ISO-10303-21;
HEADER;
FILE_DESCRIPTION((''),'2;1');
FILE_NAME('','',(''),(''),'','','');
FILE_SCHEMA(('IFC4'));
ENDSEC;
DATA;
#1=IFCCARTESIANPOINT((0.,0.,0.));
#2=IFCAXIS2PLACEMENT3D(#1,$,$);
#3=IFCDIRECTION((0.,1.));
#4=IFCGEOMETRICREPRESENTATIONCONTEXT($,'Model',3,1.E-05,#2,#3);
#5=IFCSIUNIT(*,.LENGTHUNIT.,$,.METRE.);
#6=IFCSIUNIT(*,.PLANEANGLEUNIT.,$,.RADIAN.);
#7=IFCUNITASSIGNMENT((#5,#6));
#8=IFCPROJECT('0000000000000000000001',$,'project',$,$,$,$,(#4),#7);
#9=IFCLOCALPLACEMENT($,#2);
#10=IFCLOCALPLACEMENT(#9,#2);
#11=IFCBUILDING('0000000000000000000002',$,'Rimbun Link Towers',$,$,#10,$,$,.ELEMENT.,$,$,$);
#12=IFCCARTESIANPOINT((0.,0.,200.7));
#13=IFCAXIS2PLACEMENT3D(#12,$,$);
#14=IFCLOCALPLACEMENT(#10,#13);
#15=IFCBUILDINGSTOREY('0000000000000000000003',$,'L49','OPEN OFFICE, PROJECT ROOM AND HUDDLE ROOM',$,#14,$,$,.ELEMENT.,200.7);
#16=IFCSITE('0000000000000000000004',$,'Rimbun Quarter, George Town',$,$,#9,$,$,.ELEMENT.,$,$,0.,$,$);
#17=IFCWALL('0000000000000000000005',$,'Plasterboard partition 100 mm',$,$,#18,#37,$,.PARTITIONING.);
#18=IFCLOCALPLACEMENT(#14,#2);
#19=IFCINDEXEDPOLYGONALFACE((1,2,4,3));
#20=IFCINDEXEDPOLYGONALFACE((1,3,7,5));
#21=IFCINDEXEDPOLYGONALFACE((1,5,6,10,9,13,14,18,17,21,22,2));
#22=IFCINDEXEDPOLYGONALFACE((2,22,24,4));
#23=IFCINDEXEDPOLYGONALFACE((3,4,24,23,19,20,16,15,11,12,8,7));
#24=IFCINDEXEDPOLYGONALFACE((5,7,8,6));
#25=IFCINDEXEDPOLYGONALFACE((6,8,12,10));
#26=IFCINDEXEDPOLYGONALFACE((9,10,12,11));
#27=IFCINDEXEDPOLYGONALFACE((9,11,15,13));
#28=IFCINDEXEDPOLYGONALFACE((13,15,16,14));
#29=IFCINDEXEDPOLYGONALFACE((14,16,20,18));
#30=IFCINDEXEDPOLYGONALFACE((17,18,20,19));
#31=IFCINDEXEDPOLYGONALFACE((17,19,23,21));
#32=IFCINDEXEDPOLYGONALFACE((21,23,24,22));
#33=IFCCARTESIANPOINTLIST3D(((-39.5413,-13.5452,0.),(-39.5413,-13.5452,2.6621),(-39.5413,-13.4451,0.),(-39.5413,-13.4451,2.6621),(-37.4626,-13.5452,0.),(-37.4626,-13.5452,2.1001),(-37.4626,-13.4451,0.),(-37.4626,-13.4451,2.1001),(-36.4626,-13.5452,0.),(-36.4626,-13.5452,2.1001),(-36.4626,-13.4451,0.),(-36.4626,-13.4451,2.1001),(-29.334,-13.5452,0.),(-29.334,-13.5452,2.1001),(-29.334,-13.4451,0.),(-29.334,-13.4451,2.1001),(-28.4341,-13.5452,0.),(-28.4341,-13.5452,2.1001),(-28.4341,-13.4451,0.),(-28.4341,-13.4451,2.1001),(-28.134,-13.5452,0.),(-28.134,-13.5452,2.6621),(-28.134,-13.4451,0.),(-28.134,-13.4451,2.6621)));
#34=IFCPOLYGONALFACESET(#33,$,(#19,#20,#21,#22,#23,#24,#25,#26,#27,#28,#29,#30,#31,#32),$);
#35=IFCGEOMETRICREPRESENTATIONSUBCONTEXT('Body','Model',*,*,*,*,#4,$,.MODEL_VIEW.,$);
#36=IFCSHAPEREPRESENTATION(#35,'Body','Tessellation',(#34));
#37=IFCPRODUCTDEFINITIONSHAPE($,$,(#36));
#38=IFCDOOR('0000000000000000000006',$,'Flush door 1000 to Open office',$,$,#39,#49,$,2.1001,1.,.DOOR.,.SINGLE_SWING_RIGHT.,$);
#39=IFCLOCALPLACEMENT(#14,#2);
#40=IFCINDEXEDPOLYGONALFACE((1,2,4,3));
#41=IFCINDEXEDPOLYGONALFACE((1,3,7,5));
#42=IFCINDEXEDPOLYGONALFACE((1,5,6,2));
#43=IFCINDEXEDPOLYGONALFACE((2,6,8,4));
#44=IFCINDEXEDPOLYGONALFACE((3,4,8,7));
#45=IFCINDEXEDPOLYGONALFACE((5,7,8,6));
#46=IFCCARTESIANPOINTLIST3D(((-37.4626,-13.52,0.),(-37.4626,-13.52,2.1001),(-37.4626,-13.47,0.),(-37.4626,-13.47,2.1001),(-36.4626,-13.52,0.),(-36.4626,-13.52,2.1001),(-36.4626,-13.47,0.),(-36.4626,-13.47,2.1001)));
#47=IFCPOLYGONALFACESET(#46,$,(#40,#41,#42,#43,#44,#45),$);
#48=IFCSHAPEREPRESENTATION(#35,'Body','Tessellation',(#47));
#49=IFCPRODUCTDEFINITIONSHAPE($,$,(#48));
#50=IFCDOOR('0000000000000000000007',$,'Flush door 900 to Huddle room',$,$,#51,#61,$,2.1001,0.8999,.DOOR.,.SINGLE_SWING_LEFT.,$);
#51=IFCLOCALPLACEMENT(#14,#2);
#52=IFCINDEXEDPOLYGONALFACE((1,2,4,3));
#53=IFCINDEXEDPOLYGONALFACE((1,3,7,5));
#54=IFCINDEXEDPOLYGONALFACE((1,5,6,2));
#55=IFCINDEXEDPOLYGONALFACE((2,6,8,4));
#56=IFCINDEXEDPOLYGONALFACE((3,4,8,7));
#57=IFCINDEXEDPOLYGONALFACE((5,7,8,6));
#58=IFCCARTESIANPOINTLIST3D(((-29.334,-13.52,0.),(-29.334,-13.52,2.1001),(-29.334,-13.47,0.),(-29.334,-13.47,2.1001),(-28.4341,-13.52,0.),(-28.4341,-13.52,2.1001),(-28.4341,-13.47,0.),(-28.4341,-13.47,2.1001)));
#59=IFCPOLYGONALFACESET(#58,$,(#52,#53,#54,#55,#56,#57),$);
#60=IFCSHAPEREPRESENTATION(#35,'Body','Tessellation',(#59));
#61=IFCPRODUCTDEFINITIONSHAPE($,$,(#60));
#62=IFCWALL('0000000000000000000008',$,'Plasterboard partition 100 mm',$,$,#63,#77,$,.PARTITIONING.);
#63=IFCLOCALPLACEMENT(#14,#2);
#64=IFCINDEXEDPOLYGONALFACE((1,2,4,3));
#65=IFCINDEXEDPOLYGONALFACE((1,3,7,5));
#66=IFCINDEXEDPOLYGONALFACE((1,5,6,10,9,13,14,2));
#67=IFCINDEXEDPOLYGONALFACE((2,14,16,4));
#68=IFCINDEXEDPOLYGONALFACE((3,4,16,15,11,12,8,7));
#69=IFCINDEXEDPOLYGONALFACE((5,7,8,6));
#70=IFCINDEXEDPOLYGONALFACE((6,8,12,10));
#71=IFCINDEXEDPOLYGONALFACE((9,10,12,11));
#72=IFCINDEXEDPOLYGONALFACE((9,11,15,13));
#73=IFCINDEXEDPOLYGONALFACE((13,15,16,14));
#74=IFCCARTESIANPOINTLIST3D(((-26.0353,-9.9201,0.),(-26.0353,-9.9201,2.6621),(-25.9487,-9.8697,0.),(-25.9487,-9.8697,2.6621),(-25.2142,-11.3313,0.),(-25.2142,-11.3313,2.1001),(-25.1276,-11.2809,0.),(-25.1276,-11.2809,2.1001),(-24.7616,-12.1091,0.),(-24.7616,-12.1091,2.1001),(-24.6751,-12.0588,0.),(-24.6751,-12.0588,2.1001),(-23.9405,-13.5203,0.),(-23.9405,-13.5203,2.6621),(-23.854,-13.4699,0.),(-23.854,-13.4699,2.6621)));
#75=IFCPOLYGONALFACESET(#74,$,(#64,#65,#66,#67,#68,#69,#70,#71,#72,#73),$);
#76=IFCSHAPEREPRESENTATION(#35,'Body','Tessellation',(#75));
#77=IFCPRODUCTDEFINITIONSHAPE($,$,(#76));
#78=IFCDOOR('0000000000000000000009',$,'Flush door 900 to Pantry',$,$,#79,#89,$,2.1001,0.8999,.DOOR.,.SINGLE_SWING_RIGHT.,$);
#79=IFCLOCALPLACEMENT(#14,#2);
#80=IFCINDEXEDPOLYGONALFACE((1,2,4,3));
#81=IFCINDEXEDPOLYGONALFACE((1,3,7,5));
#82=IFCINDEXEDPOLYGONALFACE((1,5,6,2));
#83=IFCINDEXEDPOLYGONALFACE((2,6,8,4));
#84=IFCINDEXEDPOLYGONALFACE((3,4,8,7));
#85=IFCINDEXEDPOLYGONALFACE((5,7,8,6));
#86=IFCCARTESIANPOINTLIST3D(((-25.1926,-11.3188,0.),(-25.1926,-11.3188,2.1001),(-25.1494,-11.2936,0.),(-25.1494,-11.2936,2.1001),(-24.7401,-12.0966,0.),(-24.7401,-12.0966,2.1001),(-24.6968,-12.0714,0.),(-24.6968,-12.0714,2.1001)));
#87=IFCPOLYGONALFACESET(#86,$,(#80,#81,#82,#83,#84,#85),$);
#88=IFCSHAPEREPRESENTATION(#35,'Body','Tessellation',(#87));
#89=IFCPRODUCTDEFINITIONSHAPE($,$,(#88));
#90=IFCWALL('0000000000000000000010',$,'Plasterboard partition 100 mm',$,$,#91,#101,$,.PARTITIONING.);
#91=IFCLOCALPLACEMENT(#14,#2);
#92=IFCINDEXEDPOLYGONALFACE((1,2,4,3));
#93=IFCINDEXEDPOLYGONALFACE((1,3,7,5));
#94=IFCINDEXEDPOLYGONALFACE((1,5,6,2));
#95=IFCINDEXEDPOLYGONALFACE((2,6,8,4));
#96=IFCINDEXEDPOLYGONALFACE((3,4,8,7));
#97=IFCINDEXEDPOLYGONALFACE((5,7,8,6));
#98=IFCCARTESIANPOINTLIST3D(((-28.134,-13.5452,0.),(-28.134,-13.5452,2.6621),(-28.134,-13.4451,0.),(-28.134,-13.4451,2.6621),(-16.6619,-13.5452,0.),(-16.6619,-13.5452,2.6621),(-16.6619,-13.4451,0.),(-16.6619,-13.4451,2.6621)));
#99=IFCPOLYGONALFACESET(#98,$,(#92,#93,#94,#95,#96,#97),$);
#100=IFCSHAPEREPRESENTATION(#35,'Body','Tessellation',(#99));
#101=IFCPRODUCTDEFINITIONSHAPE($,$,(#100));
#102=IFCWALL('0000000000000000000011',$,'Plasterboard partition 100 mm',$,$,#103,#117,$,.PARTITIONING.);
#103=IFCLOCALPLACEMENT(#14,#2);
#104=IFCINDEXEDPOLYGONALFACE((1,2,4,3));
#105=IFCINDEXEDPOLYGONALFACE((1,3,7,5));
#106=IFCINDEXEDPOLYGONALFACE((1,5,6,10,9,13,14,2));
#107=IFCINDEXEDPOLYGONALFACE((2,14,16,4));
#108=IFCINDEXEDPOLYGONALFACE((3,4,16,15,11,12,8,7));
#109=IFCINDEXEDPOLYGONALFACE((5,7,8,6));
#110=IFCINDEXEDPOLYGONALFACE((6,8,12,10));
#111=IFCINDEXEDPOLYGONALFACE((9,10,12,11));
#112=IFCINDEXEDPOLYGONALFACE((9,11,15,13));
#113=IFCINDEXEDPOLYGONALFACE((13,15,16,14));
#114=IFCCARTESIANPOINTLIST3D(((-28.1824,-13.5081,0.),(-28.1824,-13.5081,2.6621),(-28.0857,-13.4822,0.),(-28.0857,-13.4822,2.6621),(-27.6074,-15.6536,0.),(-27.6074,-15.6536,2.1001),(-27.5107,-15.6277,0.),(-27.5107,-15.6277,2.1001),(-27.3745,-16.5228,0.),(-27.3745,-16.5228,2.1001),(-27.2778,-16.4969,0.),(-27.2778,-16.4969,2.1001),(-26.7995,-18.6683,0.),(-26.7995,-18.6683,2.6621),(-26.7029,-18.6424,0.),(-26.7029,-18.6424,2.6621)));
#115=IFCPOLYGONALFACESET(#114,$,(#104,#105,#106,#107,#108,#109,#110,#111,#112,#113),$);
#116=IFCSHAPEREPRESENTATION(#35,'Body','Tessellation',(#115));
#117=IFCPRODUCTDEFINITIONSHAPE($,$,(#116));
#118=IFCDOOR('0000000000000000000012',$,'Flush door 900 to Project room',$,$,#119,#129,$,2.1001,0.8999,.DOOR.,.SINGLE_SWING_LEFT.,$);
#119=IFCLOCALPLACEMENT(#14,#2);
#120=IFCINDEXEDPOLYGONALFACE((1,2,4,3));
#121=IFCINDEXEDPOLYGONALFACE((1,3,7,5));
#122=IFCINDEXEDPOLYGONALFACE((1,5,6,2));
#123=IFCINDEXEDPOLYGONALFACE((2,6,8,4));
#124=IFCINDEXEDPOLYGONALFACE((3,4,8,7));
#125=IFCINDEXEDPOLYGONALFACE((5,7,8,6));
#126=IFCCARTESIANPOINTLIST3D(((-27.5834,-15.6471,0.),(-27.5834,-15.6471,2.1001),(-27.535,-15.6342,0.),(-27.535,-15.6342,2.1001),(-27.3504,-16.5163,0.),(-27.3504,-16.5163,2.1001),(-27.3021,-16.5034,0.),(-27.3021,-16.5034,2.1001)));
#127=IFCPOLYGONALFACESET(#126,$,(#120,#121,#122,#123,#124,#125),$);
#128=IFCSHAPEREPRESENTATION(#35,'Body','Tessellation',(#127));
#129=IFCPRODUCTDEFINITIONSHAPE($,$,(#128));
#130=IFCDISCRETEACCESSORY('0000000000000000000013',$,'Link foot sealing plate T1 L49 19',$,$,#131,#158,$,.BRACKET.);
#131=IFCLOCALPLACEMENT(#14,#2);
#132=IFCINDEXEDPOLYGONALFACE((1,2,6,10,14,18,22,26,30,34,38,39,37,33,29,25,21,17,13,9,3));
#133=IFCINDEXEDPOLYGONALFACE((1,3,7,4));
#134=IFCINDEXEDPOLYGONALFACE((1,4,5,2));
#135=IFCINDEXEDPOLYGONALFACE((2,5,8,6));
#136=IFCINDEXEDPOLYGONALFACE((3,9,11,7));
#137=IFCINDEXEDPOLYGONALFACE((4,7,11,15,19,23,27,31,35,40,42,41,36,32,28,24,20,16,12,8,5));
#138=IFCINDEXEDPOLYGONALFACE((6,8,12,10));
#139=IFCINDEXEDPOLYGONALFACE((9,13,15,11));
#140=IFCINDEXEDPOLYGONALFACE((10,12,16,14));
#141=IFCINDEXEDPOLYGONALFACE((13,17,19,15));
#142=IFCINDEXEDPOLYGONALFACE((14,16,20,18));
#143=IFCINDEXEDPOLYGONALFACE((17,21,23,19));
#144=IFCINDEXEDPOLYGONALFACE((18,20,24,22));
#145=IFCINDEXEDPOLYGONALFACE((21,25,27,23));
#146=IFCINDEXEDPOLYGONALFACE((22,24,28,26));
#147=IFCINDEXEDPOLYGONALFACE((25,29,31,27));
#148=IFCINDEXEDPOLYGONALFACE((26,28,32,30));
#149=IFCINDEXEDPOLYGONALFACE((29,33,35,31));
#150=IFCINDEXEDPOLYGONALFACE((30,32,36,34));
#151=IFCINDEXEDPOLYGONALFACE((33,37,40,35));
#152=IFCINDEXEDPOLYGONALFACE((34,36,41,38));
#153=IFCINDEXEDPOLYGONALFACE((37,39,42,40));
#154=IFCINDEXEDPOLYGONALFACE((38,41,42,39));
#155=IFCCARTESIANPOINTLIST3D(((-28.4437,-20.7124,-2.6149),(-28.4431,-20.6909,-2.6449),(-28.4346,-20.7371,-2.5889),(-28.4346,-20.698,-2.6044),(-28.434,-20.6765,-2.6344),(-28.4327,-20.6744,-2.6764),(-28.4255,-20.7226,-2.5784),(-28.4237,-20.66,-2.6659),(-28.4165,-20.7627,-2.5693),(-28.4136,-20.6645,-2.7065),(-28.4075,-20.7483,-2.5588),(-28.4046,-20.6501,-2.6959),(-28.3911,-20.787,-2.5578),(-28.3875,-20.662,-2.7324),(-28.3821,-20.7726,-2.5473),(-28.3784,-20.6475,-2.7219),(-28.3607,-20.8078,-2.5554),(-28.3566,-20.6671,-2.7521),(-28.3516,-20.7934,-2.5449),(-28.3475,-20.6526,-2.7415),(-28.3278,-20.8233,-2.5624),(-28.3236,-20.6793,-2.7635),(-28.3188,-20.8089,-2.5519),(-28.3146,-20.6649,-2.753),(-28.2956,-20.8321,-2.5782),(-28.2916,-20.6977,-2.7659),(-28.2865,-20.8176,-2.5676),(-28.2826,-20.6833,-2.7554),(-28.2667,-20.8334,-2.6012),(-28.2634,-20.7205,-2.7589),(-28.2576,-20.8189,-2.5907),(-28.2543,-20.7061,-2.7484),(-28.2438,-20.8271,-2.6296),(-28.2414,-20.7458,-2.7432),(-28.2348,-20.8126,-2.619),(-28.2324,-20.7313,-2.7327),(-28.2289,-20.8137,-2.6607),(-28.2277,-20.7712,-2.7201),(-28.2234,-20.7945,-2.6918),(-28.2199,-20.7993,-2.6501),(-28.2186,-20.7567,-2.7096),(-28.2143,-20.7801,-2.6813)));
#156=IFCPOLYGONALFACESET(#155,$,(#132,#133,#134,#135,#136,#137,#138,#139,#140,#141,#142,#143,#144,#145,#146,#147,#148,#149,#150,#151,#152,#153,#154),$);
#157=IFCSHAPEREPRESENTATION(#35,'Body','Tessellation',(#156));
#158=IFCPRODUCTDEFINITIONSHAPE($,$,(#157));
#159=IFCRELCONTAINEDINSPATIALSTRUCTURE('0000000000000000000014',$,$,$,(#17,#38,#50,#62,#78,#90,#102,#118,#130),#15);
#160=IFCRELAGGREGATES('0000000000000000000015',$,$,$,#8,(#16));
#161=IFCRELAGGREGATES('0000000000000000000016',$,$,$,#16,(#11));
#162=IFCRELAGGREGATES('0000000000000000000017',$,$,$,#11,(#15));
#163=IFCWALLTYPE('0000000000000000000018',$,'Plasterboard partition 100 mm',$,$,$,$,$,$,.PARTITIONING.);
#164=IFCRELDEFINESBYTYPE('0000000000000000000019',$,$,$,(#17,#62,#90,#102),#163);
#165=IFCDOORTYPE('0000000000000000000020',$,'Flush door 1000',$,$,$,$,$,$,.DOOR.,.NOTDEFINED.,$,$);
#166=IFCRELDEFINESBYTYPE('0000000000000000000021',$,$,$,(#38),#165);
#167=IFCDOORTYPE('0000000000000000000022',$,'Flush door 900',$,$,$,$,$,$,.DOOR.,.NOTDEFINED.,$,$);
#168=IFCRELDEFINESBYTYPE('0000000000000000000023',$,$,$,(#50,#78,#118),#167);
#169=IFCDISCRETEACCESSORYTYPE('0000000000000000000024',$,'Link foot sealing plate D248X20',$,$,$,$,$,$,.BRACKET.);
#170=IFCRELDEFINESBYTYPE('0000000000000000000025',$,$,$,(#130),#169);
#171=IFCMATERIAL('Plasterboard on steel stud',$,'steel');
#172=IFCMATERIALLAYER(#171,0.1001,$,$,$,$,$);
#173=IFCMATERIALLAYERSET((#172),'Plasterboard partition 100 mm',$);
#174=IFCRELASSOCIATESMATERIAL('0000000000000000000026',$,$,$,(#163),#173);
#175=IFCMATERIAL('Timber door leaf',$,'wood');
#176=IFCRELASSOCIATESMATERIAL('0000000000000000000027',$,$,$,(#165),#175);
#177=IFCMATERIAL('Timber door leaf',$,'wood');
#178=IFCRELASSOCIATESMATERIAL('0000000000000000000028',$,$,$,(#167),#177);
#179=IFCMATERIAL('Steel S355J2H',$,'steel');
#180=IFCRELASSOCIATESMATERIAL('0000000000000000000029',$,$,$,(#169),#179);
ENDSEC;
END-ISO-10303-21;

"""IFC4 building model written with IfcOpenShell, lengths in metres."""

from ifc_helpers import new_model, si_unit, direction, frame, frame_2d, origin, origin_2d, place, context, subcontext, project, spatial, rectangle, circle, extrude, material, layer, layer_set, material_profile, profile_set, type_object, element, fill, save


model = new_model("IFC4")

# Units and contexts
model_context = context("Model", 3, precision=1e-05, world=origin(), true_north=direction((0.0, 1.0)))
body_context = subcontext(model_context, "Body", "Model", "MODEL_VIEW")
ifc_project = project(units=[si_unit("LENGTHUNIT", "METRE"), si_unit("PLANEANGLEUNIT", "RADIAN")], contexts=[model_context])

# Site, building, storey
site_placement = place(None, origin())
site = spatial("IfcSite", under=ifc_project, at=site_placement, Name="Rimbun Quarter, George Town", CompositionType="ELEMENT", RefElevation=0.0)
building_placement = place(site_placement, origin())
building = spatial("IfcBuilding", under=site, at=building_placement, Name="Rimbun Link Towers", CompositionType="ELEMENT")
storey_placement = place(building_placement, frame((0.0, 0.0, 200.7)))
storey = spatial("IfcBuildingStorey", under=building, at=storey_placement, Name="L49", Description="OPEN OFFICE, PROJECT ROOM AND HUDDLE ROOM", CompositionType="ELEMENT", Elevation=200.7)

# Wall, openings, doors
ifc_material_1 = material(Name="Plasterboard on steel stud", Category="steel")
ifc_layer_1 = layer(ifc_material_1, 0.1001)
ifc_layer_set_1 = layer_set([ifc_layer_1], Name="Plasterboard partition 100 mm")
wall_type = type_object("IfcWallType", Name="Plasterboard partition 100 mm", PredefinedType="PARTITIONING", material=ifc_layer_set_1)
wall_1_placement = place(storey_placement, frame((-28.134, -13.4951, 0.0), z_axis=(0.0, 0.0, 1.0), x_axis=(-1.0, 0.0, 0.0)))
wall_1 = element("IfcWall", 1, at=wall_1_placement, inside=storey, type_object=wall_type, Name="Plasterboard partition 100 mm", PredefinedType="PARTITIONING", context=body_context, shape_type="SweptSolid", body=[
    extrude(rectangle(XDim=11.4072, YDim=0.1001, at=frame_2d((5.7036, 0.0))), origin(), (0.0, 0.0, 1.0), 2.6621),
])
opening_1_placement = place(wall_1_placement, frame((8.3286, 0.0, 0.0)))
opening_1 = element("IfcOpeningElement", 2, at=opening_1_placement, cuts=wall_1, PredefinedType="OPENING", context=body_context, shape_type="SweptSolid", body=[
    extrude(rectangle(XDim=1.0, YDim=2.1001, at=frame_2d((0.5, 1.05))), frame((0.0, 0.0601, 0.0), z_axis=(0.0, -1.0, 0.0), x_axis=(1.0, 0.0, 0.0)), (0.0, 0.0, 1.0), 0.1201),
])
opening_2_placement = place(wall_1_placement, frame((0.3, 0.0, 0.0)))
opening_2 = element("IfcOpeningElement", 3, at=opening_2_placement, cuts=wall_1, PredefinedType="OPENING", context=body_context, shape_type="SweptSolid", body=[
    extrude(rectangle(XDim=0.8999, YDim=2.1001, at=frame_2d((0.45, 1.05))), frame((0.0, 0.0601, 0.0), z_axis=(0.0, -1.0, 0.0), x_axis=(1.0, 0.0, 0.0)), (0.0, 0.0, 1.0), 0.1201),
])
ifc_material_2 = material(Name="Timber door leaf", Category="wood")
door_type_1 = type_object("IfcDoorType", Name="Flush door 1000", OperationType="NOTDEFINED", PredefinedType="DOOR", material=ifc_material_2)
door_1_placement = place(opening_1_placement, origin())
door_1 = element("IfcDoor", 4, at=door_1_placement, inside=storey, type_object=door_type_1, Name="Flush door 1000 to Open office", OperationType="SINGLE_SWING_RIGHT", OverallHeight=2.1001, OverallWidth=1.0, PredefinedType="DOOR", context=body_context, shape_type="SweptSolid", body=[
    extrude(rectangle(XDim=1.0, YDim=2.1001, at=frame_2d((0.5, 1.05))), frame((0.0, 0.0249, 0.0), z_axis=(0.0, -1.0, 0.0), x_axis=(1.0, 0.0, 0.0)), (0.0, 0.0, 1.0), 0.05),
])
fill(opening_1, door_1)
ifc_material_3 = material(Name="Timber door leaf", Category="wood")
door_type_2 = type_object("IfcDoorType", Name="Flush door 900", OperationType="NOTDEFINED", PredefinedType="DOOR", material=ifc_material_3)
door_2_placement = place(opening_2_placement, origin())
door_2 = element("IfcDoor", 5, at=door_2_placement, inside=storey, type_object=door_type_2, Name="Flush door 900 to Huddle room", OperationType="SINGLE_SWING_LEFT", OverallHeight=2.1001, OverallWidth=0.8999, PredefinedType="DOOR", context=body_context, shape_type="SweptSolid", body=[
    extrude(rectangle(XDim=0.8999, YDim=2.1001, at=frame_2d((0.45, 1.05))), frame((0.0, 0.0249, 0.0), z_axis=(0.0, -1.0, 0.0), x_axis=(1.0, 0.0, 0.0)), (0.0, 0.0, 1.0), 0.05),
])
fill(opening_2, door_2)

# Wall, opening, door
wall_2_placement = place(storey_placement, frame((-25.9919, -9.895, 0.0), z_axis=(0.0, 0.0, 1.0), x_axis=(0.502916, -0.864335, 0.0)))
wall_2 = element("IfcWall", 6, at=wall_2_placement, inside=storey, type_object=wall_type, Name="Plasterboard partition 100 mm", PredefinedType="PARTITIONING", context=body_context, shape_type="SweptSolid", body=[
    extrude(rectangle(XDim=4.1653, YDim=0.1001, at=frame_2d((2.0825, 0.0))), origin(), (0.0, 0.0, 1.0), 2.6621),
])
opening_3_placement = place(wall_2_placement, frame((1.6326, 0.0, 0.0)))
opening_3 = element("IfcOpeningElement", 7, at=opening_3_placement, cuts=wall_2, PredefinedType="OPENING", context=body_context, shape_type="SweptSolid", body=[
    extrude(rectangle(XDim=0.8999, YDim=2.1001, at=frame_2d((0.45, 1.05))), frame((0.0, 0.0601, 0.0), z_axis=(0.0, -1.0, 0.0), x_axis=(1.0, 0.0, 0.0)), (0.0, 0.0, 1.0), 0.1201),
])
door_3_placement = place(opening_3_placement, origin())
door_3 = element("IfcDoor", 8, at=door_3_placement, inside=storey, type_object=door_type_2, Name="Flush door 900 to Pantry", OperationType="SINGLE_SWING_RIGHT", OverallHeight=2.1001, OverallWidth=0.8999, PredefinedType="DOOR", context=body_context, shape_type="SweptSolid", body=[
    extrude(rectangle(XDim=0.8999, YDim=2.1001, at=frame_2d((0.45, 1.05))), frame((0.0, 0.0249, 0.0), z_axis=(0.0, -1.0, 0.0), x_axis=(1.0, 0.0, 0.0)), (0.0, 0.0, 1.0), 0.05),
])
fill(opening_3, door_3)

# Wall
wall_3_placement = place(storey_placement, frame((-28.134, -13.4951, 0.0), z_axis=(0.0, 0.0, 1.0), x_axis=(1.0, 0.0, 0.0)))
element("IfcWall", 9, at=wall_3_placement, inside=storey, type_object=wall_type, Name="Plasterboard partition 100 mm", PredefinedType="PARTITIONING", context=body_context, shape_type="SweptSolid", body=[
    extrude(rectangle(XDim=11.4722, YDim=0.1001, at=frame_2d((5.7361, 0.0))), origin(), (0.0, 0.0, 1.0), 2.6621),
])

# Wall, opening, door
wall_4_placement = place(storey_placement, frame((-28.134, -13.4951, 0.0), z_axis=(0.0, 0.0, 1.0), x_axis=(0.258846, -0.965919, 0.0)))
wall_4 = element("IfcWall", 10, at=wall_4_placement, inside=storey, type_object=wall_type, Name="Plasterboard partition 100 mm", PredefinedType="PARTITIONING", context=body_context, shape_type="SweptSolid", body=[
    extrude(rectangle(XDim=5.3423, YDim=0.1001, at=frame_2d((2.6711, 0.0))), origin(), (0.0, 0.0, 1.0), 2.6621),
])
opening_4_placement = place(wall_4_placement, frame((2.2212, 0.0, 0.0)))
opening_4 = element("IfcOpeningElement", 11, at=opening_4_placement, cuts=wall_4, PredefinedType="OPENING", context=body_context, shape_type="SweptSolid", body=[
    extrude(rectangle(XDim=0.8999, YDim=2.1001, at=frame_2d((0.45, 1.05))), frame((0.0, 0.0601, 0.0), z_axis=(0.0, -1.0, 0.0), x_axis=(1.0, 0.0, 0.0)), (0.0, 0.0, 1.0), 0.1201),
])
door_4_placement = place(opening_4_placement, origin())
door_4 = element("IfcDoor", 12, at=door_4_placement, inside=storey, type_object=door_type_2, Name="Flush door 900 to Project room", OperationType="SINGLE_SWING_LEFT", OverallHeight=2.1001, OverallWidth=0.8999, PredefinedType="DOOR", context=body_context, shape_type="SweptSolid", body=[
    extrude(rectangle(XDim=0.8999, YDim=2.1001, at=frame_2d((0.45, 1.05))), frame((0.0, 0.0249, 0.0), z_axis=(0.0, -1.0, 0.0), x_axis=(1.0, 0.0, 0.0)), (0.0, 0.0, 1.0), 0.05),
])
fill(opening_4, door_4)

# Discrete accessory
ifc_material_4 = material(Name="Steel S355J2H", Category="steel")
ifc_material_profile_1 = material_profile(ifc_material_4, circle(Radius=0.124, at=origin_2d()), Name="PL D248")
ifc_profile_set_1 = profile_set([ifc_material_profile_1], Name="Steel S355J2H")
discrete_accessory_type = type_object("IfcDiscreteAccessoryType", Name="Link foot sealing plate D248X20", PredefinedType="BRACKET", material=ifc_profile_set_1)
discrete_accessory_placement = place(storey_placement, frame((-28.325, -20.7334, -2.6501), z_axis=(-0.452061, -0.720854, -0.525368), x_axis=(0.847191, -0.531289, 0.0)))
element("IfcDiscreteAccessory", 13, at=discrete_accessory_placement, inside=storey, type_object=discrete_accessory_type, Name="Link foot sealing plate T1 L49 19", PredefinedType="BRACKET", context=body_context, shape_type="SweptSolid", body=[
    extrude(circle(Radius=0.124, at=origin_2d()), origin(), (0.0, 0.0, 1.0), 0.02),
])

save(model, "model.ifc")
